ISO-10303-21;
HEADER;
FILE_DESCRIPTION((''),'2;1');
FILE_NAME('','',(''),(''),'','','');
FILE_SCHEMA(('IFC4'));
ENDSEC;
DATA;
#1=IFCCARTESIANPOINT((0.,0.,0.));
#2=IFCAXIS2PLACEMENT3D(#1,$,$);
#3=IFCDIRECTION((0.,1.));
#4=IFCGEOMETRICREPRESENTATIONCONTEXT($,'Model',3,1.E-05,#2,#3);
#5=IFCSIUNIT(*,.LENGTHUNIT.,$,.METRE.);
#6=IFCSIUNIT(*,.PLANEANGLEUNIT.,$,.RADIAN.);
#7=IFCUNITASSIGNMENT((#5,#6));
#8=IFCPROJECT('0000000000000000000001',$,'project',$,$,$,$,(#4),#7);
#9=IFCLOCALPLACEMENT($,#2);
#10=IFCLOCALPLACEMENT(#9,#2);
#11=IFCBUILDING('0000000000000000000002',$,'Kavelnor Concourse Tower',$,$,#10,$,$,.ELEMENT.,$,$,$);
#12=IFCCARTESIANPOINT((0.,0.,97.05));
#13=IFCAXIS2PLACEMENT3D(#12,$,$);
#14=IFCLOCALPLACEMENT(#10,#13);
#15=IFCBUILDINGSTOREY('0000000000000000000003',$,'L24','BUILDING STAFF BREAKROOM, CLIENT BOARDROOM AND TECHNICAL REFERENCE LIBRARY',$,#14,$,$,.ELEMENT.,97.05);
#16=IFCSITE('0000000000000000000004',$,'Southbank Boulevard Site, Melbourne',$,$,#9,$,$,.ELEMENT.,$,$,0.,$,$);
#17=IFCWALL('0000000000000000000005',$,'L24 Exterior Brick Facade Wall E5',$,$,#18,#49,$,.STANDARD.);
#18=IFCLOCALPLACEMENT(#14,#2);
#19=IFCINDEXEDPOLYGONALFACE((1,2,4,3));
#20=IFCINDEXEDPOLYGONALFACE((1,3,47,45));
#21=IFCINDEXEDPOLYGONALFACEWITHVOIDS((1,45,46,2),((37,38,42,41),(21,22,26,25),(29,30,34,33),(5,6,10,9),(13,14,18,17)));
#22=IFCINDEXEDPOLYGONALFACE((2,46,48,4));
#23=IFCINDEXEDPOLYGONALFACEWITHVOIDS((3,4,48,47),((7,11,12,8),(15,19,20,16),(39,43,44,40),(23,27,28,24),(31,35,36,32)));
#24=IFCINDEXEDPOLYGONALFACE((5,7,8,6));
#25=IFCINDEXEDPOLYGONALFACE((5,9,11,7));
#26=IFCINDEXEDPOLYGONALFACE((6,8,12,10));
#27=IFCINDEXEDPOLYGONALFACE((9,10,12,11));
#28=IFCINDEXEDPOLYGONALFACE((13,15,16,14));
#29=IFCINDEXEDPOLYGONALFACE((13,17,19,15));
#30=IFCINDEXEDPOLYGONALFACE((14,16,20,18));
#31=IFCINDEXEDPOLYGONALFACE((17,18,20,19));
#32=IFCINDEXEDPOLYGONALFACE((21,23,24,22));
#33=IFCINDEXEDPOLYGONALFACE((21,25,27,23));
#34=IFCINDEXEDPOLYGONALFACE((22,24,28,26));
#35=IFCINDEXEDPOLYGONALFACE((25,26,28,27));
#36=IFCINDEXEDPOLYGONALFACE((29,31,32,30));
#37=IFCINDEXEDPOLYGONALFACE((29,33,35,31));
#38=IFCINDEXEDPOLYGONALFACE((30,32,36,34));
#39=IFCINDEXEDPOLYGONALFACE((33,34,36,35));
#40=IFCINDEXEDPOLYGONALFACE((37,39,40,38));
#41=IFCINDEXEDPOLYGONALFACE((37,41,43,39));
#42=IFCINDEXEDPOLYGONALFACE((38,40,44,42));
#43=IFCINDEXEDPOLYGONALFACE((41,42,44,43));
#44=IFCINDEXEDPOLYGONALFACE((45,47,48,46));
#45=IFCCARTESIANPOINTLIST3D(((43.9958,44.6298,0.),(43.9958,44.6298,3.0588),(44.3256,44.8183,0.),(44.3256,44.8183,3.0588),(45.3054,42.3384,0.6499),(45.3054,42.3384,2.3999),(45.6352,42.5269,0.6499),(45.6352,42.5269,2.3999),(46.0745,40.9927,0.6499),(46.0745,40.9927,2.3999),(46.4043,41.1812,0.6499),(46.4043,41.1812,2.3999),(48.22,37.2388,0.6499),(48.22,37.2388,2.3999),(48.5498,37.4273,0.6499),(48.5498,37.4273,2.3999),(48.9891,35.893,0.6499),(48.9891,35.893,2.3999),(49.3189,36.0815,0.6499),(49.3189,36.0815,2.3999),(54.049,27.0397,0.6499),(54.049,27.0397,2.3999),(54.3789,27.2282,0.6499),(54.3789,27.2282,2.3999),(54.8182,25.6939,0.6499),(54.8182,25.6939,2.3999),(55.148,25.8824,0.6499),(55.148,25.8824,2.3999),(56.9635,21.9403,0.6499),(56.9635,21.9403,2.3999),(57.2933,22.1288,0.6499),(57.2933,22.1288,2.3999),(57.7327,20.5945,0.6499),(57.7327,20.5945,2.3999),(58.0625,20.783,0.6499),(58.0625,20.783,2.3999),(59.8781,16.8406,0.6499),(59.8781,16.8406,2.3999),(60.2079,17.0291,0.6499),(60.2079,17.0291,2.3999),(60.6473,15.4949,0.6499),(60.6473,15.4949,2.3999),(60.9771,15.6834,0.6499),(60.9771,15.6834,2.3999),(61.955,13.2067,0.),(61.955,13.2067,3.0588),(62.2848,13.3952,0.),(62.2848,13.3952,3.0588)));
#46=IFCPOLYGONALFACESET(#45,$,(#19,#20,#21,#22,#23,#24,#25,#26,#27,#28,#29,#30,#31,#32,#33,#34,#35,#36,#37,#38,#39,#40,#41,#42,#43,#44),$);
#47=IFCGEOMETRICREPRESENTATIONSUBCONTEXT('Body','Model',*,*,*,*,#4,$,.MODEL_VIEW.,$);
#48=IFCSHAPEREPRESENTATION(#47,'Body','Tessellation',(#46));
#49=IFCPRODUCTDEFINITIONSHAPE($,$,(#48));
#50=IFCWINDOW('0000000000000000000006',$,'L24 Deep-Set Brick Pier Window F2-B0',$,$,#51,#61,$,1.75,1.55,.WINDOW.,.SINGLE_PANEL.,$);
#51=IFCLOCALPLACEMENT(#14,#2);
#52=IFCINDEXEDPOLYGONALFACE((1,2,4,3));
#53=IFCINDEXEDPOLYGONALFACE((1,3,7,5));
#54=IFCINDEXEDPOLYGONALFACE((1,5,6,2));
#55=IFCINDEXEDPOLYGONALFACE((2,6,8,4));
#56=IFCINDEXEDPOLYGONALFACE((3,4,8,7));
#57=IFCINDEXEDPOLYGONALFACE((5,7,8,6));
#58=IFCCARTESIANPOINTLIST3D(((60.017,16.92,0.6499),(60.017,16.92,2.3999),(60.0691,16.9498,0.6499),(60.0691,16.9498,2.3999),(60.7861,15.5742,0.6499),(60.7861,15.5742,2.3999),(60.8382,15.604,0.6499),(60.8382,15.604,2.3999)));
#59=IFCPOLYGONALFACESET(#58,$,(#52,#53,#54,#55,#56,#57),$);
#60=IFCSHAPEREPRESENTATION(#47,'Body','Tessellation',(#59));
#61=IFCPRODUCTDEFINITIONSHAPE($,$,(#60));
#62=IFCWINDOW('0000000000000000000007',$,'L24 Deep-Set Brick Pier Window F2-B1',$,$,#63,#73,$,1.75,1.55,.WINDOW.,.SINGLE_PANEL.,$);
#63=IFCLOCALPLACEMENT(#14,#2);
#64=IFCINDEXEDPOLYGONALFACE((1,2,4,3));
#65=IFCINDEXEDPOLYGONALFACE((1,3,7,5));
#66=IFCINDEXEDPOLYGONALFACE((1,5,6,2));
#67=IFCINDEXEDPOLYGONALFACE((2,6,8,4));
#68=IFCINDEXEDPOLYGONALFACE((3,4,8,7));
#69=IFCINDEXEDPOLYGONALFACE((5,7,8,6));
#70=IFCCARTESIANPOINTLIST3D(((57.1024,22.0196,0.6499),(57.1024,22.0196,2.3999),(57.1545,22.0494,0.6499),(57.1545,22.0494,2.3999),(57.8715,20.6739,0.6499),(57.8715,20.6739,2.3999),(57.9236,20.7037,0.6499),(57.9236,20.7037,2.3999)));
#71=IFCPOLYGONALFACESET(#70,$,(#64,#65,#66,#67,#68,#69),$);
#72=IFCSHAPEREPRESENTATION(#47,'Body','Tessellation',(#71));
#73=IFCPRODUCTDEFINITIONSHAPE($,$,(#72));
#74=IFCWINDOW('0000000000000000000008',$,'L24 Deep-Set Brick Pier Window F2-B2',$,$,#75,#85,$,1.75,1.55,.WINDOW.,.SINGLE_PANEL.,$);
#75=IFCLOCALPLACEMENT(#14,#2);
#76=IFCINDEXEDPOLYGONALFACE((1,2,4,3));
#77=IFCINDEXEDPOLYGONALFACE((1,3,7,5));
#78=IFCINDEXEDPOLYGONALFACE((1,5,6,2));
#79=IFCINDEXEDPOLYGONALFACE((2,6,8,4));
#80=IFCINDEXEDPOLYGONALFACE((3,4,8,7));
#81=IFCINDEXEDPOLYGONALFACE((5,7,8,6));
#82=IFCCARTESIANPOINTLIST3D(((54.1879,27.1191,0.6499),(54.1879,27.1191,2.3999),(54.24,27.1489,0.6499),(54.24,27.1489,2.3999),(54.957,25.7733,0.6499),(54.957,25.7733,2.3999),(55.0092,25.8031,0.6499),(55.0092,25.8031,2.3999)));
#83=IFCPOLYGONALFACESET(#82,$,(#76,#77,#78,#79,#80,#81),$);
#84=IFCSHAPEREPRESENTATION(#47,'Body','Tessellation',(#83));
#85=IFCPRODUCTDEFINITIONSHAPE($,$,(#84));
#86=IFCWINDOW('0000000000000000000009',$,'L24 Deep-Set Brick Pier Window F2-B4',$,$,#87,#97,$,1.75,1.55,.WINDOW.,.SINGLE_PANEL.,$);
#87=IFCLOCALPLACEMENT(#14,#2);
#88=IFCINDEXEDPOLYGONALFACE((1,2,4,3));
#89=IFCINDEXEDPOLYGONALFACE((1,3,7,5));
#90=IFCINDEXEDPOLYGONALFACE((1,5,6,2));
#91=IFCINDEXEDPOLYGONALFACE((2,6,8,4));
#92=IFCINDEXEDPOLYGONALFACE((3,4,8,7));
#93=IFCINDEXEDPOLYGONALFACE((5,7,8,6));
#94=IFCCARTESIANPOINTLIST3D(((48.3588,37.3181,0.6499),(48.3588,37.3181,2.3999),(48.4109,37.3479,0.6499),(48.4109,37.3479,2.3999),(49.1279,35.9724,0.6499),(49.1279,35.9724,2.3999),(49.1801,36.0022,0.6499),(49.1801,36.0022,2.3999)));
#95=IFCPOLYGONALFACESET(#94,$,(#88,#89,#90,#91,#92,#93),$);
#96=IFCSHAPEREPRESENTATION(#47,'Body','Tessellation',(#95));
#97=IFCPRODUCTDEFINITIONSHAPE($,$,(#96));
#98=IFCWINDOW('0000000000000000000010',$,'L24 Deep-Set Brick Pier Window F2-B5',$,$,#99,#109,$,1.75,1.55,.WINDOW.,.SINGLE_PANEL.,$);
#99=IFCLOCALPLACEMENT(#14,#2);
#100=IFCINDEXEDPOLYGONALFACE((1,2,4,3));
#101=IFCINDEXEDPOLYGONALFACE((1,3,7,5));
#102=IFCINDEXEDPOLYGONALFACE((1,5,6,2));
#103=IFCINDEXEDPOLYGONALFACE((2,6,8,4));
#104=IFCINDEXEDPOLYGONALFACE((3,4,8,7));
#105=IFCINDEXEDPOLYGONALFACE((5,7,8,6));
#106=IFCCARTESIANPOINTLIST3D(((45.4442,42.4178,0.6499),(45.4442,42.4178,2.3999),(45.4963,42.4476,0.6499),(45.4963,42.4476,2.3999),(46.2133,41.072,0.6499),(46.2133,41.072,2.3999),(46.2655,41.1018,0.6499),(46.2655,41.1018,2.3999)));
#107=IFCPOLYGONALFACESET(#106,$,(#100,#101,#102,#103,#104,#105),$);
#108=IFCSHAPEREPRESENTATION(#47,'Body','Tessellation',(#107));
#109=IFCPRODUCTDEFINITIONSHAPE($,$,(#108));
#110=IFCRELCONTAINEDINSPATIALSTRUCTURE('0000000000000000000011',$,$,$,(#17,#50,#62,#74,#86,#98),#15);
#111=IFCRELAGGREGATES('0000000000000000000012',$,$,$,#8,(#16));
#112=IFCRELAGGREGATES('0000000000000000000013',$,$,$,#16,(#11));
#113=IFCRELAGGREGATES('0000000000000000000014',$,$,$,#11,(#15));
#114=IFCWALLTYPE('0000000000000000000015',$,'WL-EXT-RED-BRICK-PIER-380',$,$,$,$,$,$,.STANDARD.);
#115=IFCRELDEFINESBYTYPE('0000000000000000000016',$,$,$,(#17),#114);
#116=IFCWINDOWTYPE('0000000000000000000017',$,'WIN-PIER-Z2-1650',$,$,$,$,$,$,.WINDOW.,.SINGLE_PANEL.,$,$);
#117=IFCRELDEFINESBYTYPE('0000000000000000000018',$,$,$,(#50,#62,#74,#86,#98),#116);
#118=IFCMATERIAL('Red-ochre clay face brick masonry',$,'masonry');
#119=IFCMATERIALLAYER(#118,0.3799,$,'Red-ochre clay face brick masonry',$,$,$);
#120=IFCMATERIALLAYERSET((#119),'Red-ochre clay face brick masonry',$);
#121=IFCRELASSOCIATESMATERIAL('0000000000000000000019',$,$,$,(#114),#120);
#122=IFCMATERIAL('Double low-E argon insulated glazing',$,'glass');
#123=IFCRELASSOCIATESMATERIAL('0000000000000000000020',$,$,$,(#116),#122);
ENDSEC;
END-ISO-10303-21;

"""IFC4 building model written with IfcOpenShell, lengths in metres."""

from ifc_helpers import new_model, si_unit, direction, frame, frame_2d, origin, place, context, subcontext, project, spatial, rectangle, extrude, material, layer, layer_set, type_object, element, fill, save


model = new_model("IFC4")

# Units and contexts
model_context = context("Model", 3, precision=1e-05, world=origin(), true_north=direction((0.0, 1.0)))
body_context = subcontext(model_context, "Body", "Model", "MODEL_VIEW")
ifc_project = project(units=[si_unit("LENGTHUNIT", "METRE"), si_unit("PLANEANGLEUNIT", "RADIAN")], contexts=[model_context])

# Site, building, storey
site_placement = place(None, origin())
site = spatial("IfcSite", under=ifc_project, at=site_placement, Name="Southbank Boulevard Site, Melbourne", CompositionType="ELEMENT", RefElevation=0.0)
building_placement = place(site_placement, origin())
building = spatial("IfcBuilding", under=site, at=building_placement, Name="Kavelnor Concourse Tower", CompositionType="ELEMENT")
storey_placement = place(building_placement, frame((0.0, 0.0, 97.05)))
storey = spatial("IfcBuildingStorey", under=building, at=storey_placement, Name="L24", Description="BUILDING STAFF BREAKROOM, CLIENT BOARDROOM AND TECHNICAL REFERENCE LIBRARY", CompositionType="ELEMENT", Elevation=97.05)

# Wall, openings, windows
ifc_material_1 = material(Name="Red-ochre clay face brick masonry", Category="masonry")
ifc_layer_1 = layer(ifc_material_1, 0.3799, Name="Red-ochre clay face brick masonry")
ifc_layer_set_1 = layer_set([ifc_layer_1], Name="Red-ochre clay face brick masonry")
wall_type = type_object("IfcWallType", Name="WL-EXT-RED-BRICK-PIER-380", PredefinedType="STANDARD", material=ifc_layer_set_1)
wall_placement = place(storey_placement, frame((44.1606, 44.7241, 0.0), z_axis=(0.0, 0.0, 1.0), x_axis=(0.496205, -0.868205, 0.0)))
wall = element("IfcWall", 1, at=wall_placement, inside=storey, type_object=wall_type, Name="L24 Exterior Brick Facade Wall E5", PredefinedType="STANDARD", context=body_context, shape_type="SweptSolid", body=[
    extrude(rectangle(XDim=36.1931, YDim=0.3799, at=frame_2d((18.0967, 0.0))), origin(), (0.0, 0.0, 1.0), 3.0588),
])
opening_1_placement = place(wall_placement, frame((32.0078, 0.0, 0.6499)))
opening_1 = element("IfcOpeningElement", 2, at=opening_1_placement, cuts=wall, PredefinedType="OPENING", context=body_context, shape_type="SweptSolid", body=[
    extrude(rectangle(XDim=1.55, YDim=1.75, at=frame_2d((0.7749, 0.875))), frame((0.0, 0.2, 0.0), z_axis=(0.0, -1.0, 0.0), x_axis=(1.0, 0.0, 0.0)), (0.0, 0.0, 1.0), 0.3999),
])
opening_2_placement = place(wall_placement, frame((26.134, 0.0, 0.6499)))
opening_2 = element("IfcOpeningElement", 3, at=opening_2_placement, cuts=wall, PredefinedType="OPENING", context=body_context, shape_type="SweptSolid", body=[
    extrude(rectangle(XDim=1.55, YDim=1.75, at=frame_2d((0.7749, 0.875))), frame((0.0, 0.2, 0.0), z_axis=(0.0, -1.0, 0.0), x_axis=(1.0, 0.0, 0.0)), (0.0, 0.0, 1.0), 0.3999),
])
opening_3_placement = place(wall_placement, frame((20.2605, 0.0, 0.6499)))
opening_3 = element("IfcOpeningElement", 4, at=opening_3_placement, cuts=wall, PredefinedType="OPENING", context=body_context, shape_type="SweptSolid", body=[
    extrude(rectangle(XDim=1.55, YDim=1.75, at=frame_2d((0.7749, 0.875))), frame((0.0, 0.2, 0.0), z_axis=(0.0, -1.0, 0.0), x_axis=(1.0, 0.0, 0.0)), (0.0, 0.0, 1.0), 0.3999),
])
opening_4_placement = place(wall_placement, frame((8.5132, 0.0, 0.6499)))
opening_4 = element("IfcOpeningElement", 5, at=opening_4_placement, cuts=wall, PredefinedType="OPENING", context=body_context, shape_type="SweptSolid", body=[
    extrude(rectangle(XDim=1.55, YDim=1.75, at=frame_2d((0.7749, 0.875))), frame((0.0, 0.2, 0.0), z_axis=(0.0, -1.0, 0.0), x_axis=(1.0, 0.0, 0.0)), (0.0, 0.0, 1.0), 0.3999),
])
opening_5_placement = place(wall_placement, frame((2.6394, 0.0, 0.6499)))
opening_5 = element("IfcOpeningElement", 6, at=opening_5_placement, cuts=wall, PredefinedType="OPENING", context=body_context, shape_type="SweptSolid", body=[
    extrude(rectangle(XDim=1.55, YDim=1.75, at=frame_2d((0.7749, 0.875))), frame((0.0, 0.2, 0.0), z_axis=(0.0, -1.0, 0.0), x_axis=(1.0, 0.0, 0.0)), (0.0, 0.0, 1.0), 0.3999),
])
ifc_material_2 = material(Name="Double low-E argon insulated glazing", Category="glass")
window_type = type_object("IfcWindowType", Name="WIN-PIER-Z2-1650", PartitioningType="SINGLE_PANEL", PredefinedType="WINDOW", material=ifc_material_2)
window_1_placement = place(opening_1_placement, origin())
window_1 = element("IfcWindow", 7, at=window_1_placement, inside=storey, type_object=window_type, Name="L24 Deep-Set Brick Pier Window F2-B0", OverallHeight=1.75, OverallWidth=1.55, PartitioningType="SINGLE_PANEL", PredefinedType="WINDOW", context=body_context, shape_type="SweptSolid", body=[
    extrude(rectangle(XDim=1.55, YDim=1.75, at=frame_2d((0.7749, 0.875))), frame((0.0, 0.03, 0.0), z_axis=(0.0, -1.0, 0.0), x_axis=(1.0, 0.0, 0.0)), (0.0, 0.0, 1.0), 0.0601),
])
fill(opening_1, window_1)
window_2_placement = place(opening_2_placement, origin())
window_2 = element("IfcWindow", 8, at=window_2_placement, inside=storey, type_object=window_type, Name="L24 Deep-Set Brick Pier Window F2-B1", OverallHeight=1.75, OverallWidth=1.55, PartitioningType="SINGLE_PANEL", PredefinedType="WINDOW", context=body_context, shape_type="SweptSolid", body=[
    extrude(rectangle(XDim=1.55, YDim=1.75, at=frame_2d((0.7749, 0.875))), frame((0.0, 0.03, 0.0), z_axis=(0.0, -1.0, 0.0), x_axis=(1.0, 0.0, 0.0)), (0.0, 0.0, 1.0), 0.0601),
])
fill(opening_2, window_2)
window_3_placement = place(opening_3_placement, origin())
window_3 = element("IfcWindow", 9, at=window_3_placement, inside=storey, type_object=window_type, Name="L24 Deep-Set Brick Pier Window F2-B2", OverallHeight=1.75, OverallWidth=1.55, PartitioningType="SINGLE_PANEL", PredefinedType="WINDOW", context=body_context, shape_type="SweptSolid", body=[
    extrude(rectangle(XDim=1.55, YDim=1.75, at=frame_2d((0.7749, 0.875))), frame((0.0, 0.03, 0.0), z_axis=(0.0, -1.0, 0.0), x_axis=(1.0, 0.0, 0.0)), (0.0, 0.0, 1.0), 0.0601),
])
fill(opening_3, window_3)
window_4_placement = place(opening_4_placement, origin())
window_4 = element("IfcWindow", 10, at=window_4_placement, inside=storey, type_object=window_type, Name="L24 Deep-Set Brick Pier Window F2-B4", OverallHeight=1.75, OverallWidth=1.55, PartitioningType="SINGLE_PANEL", PredefinedType="WINDOW", context=body_context, shape_type="SweptSolid", body=[
    extrude(rectangle(XDim=1.55, YDim=1.75, at=frame_2d((0.7749, 0.875))), frame((0.0, 0.03, 0.0), z_axis=(0.0, -1.0, 0.0), x_axis=(1.0, 0.0, 0.0)), (0.0, 0.0, 1.0), 0.0601),
])
fill(opening_4, window_4)
window_5_placement = place(opening_5_placement, origin())
window_5 = element("IfcWindow", 11, at=window_5_placement, inside=storey, type_object=window_type, Name="L24 Deep-Set Brick Pier Window F2-B5", OverallHeight=1.75, OverallWidth=1.55, PartitioningType="SINGLE_PANEL", PredefinedType="WINDOW", context=body_context, shape_type="SweptSolid", body=[
    extrude(rectangle(XDim=1.55, YDim=1.75, at=frame_2d((0.7749, 0.875))), frame((0.0, 0.03, 0.0), z_axis=(0.0, -1.0, 0.0), x_axis=(1.0, 0.0, 0.0)), (0.0, 0.0, 1.0), 0.0601),
])
fill(opening_5, window_5)

save(model, "model.ifc")
